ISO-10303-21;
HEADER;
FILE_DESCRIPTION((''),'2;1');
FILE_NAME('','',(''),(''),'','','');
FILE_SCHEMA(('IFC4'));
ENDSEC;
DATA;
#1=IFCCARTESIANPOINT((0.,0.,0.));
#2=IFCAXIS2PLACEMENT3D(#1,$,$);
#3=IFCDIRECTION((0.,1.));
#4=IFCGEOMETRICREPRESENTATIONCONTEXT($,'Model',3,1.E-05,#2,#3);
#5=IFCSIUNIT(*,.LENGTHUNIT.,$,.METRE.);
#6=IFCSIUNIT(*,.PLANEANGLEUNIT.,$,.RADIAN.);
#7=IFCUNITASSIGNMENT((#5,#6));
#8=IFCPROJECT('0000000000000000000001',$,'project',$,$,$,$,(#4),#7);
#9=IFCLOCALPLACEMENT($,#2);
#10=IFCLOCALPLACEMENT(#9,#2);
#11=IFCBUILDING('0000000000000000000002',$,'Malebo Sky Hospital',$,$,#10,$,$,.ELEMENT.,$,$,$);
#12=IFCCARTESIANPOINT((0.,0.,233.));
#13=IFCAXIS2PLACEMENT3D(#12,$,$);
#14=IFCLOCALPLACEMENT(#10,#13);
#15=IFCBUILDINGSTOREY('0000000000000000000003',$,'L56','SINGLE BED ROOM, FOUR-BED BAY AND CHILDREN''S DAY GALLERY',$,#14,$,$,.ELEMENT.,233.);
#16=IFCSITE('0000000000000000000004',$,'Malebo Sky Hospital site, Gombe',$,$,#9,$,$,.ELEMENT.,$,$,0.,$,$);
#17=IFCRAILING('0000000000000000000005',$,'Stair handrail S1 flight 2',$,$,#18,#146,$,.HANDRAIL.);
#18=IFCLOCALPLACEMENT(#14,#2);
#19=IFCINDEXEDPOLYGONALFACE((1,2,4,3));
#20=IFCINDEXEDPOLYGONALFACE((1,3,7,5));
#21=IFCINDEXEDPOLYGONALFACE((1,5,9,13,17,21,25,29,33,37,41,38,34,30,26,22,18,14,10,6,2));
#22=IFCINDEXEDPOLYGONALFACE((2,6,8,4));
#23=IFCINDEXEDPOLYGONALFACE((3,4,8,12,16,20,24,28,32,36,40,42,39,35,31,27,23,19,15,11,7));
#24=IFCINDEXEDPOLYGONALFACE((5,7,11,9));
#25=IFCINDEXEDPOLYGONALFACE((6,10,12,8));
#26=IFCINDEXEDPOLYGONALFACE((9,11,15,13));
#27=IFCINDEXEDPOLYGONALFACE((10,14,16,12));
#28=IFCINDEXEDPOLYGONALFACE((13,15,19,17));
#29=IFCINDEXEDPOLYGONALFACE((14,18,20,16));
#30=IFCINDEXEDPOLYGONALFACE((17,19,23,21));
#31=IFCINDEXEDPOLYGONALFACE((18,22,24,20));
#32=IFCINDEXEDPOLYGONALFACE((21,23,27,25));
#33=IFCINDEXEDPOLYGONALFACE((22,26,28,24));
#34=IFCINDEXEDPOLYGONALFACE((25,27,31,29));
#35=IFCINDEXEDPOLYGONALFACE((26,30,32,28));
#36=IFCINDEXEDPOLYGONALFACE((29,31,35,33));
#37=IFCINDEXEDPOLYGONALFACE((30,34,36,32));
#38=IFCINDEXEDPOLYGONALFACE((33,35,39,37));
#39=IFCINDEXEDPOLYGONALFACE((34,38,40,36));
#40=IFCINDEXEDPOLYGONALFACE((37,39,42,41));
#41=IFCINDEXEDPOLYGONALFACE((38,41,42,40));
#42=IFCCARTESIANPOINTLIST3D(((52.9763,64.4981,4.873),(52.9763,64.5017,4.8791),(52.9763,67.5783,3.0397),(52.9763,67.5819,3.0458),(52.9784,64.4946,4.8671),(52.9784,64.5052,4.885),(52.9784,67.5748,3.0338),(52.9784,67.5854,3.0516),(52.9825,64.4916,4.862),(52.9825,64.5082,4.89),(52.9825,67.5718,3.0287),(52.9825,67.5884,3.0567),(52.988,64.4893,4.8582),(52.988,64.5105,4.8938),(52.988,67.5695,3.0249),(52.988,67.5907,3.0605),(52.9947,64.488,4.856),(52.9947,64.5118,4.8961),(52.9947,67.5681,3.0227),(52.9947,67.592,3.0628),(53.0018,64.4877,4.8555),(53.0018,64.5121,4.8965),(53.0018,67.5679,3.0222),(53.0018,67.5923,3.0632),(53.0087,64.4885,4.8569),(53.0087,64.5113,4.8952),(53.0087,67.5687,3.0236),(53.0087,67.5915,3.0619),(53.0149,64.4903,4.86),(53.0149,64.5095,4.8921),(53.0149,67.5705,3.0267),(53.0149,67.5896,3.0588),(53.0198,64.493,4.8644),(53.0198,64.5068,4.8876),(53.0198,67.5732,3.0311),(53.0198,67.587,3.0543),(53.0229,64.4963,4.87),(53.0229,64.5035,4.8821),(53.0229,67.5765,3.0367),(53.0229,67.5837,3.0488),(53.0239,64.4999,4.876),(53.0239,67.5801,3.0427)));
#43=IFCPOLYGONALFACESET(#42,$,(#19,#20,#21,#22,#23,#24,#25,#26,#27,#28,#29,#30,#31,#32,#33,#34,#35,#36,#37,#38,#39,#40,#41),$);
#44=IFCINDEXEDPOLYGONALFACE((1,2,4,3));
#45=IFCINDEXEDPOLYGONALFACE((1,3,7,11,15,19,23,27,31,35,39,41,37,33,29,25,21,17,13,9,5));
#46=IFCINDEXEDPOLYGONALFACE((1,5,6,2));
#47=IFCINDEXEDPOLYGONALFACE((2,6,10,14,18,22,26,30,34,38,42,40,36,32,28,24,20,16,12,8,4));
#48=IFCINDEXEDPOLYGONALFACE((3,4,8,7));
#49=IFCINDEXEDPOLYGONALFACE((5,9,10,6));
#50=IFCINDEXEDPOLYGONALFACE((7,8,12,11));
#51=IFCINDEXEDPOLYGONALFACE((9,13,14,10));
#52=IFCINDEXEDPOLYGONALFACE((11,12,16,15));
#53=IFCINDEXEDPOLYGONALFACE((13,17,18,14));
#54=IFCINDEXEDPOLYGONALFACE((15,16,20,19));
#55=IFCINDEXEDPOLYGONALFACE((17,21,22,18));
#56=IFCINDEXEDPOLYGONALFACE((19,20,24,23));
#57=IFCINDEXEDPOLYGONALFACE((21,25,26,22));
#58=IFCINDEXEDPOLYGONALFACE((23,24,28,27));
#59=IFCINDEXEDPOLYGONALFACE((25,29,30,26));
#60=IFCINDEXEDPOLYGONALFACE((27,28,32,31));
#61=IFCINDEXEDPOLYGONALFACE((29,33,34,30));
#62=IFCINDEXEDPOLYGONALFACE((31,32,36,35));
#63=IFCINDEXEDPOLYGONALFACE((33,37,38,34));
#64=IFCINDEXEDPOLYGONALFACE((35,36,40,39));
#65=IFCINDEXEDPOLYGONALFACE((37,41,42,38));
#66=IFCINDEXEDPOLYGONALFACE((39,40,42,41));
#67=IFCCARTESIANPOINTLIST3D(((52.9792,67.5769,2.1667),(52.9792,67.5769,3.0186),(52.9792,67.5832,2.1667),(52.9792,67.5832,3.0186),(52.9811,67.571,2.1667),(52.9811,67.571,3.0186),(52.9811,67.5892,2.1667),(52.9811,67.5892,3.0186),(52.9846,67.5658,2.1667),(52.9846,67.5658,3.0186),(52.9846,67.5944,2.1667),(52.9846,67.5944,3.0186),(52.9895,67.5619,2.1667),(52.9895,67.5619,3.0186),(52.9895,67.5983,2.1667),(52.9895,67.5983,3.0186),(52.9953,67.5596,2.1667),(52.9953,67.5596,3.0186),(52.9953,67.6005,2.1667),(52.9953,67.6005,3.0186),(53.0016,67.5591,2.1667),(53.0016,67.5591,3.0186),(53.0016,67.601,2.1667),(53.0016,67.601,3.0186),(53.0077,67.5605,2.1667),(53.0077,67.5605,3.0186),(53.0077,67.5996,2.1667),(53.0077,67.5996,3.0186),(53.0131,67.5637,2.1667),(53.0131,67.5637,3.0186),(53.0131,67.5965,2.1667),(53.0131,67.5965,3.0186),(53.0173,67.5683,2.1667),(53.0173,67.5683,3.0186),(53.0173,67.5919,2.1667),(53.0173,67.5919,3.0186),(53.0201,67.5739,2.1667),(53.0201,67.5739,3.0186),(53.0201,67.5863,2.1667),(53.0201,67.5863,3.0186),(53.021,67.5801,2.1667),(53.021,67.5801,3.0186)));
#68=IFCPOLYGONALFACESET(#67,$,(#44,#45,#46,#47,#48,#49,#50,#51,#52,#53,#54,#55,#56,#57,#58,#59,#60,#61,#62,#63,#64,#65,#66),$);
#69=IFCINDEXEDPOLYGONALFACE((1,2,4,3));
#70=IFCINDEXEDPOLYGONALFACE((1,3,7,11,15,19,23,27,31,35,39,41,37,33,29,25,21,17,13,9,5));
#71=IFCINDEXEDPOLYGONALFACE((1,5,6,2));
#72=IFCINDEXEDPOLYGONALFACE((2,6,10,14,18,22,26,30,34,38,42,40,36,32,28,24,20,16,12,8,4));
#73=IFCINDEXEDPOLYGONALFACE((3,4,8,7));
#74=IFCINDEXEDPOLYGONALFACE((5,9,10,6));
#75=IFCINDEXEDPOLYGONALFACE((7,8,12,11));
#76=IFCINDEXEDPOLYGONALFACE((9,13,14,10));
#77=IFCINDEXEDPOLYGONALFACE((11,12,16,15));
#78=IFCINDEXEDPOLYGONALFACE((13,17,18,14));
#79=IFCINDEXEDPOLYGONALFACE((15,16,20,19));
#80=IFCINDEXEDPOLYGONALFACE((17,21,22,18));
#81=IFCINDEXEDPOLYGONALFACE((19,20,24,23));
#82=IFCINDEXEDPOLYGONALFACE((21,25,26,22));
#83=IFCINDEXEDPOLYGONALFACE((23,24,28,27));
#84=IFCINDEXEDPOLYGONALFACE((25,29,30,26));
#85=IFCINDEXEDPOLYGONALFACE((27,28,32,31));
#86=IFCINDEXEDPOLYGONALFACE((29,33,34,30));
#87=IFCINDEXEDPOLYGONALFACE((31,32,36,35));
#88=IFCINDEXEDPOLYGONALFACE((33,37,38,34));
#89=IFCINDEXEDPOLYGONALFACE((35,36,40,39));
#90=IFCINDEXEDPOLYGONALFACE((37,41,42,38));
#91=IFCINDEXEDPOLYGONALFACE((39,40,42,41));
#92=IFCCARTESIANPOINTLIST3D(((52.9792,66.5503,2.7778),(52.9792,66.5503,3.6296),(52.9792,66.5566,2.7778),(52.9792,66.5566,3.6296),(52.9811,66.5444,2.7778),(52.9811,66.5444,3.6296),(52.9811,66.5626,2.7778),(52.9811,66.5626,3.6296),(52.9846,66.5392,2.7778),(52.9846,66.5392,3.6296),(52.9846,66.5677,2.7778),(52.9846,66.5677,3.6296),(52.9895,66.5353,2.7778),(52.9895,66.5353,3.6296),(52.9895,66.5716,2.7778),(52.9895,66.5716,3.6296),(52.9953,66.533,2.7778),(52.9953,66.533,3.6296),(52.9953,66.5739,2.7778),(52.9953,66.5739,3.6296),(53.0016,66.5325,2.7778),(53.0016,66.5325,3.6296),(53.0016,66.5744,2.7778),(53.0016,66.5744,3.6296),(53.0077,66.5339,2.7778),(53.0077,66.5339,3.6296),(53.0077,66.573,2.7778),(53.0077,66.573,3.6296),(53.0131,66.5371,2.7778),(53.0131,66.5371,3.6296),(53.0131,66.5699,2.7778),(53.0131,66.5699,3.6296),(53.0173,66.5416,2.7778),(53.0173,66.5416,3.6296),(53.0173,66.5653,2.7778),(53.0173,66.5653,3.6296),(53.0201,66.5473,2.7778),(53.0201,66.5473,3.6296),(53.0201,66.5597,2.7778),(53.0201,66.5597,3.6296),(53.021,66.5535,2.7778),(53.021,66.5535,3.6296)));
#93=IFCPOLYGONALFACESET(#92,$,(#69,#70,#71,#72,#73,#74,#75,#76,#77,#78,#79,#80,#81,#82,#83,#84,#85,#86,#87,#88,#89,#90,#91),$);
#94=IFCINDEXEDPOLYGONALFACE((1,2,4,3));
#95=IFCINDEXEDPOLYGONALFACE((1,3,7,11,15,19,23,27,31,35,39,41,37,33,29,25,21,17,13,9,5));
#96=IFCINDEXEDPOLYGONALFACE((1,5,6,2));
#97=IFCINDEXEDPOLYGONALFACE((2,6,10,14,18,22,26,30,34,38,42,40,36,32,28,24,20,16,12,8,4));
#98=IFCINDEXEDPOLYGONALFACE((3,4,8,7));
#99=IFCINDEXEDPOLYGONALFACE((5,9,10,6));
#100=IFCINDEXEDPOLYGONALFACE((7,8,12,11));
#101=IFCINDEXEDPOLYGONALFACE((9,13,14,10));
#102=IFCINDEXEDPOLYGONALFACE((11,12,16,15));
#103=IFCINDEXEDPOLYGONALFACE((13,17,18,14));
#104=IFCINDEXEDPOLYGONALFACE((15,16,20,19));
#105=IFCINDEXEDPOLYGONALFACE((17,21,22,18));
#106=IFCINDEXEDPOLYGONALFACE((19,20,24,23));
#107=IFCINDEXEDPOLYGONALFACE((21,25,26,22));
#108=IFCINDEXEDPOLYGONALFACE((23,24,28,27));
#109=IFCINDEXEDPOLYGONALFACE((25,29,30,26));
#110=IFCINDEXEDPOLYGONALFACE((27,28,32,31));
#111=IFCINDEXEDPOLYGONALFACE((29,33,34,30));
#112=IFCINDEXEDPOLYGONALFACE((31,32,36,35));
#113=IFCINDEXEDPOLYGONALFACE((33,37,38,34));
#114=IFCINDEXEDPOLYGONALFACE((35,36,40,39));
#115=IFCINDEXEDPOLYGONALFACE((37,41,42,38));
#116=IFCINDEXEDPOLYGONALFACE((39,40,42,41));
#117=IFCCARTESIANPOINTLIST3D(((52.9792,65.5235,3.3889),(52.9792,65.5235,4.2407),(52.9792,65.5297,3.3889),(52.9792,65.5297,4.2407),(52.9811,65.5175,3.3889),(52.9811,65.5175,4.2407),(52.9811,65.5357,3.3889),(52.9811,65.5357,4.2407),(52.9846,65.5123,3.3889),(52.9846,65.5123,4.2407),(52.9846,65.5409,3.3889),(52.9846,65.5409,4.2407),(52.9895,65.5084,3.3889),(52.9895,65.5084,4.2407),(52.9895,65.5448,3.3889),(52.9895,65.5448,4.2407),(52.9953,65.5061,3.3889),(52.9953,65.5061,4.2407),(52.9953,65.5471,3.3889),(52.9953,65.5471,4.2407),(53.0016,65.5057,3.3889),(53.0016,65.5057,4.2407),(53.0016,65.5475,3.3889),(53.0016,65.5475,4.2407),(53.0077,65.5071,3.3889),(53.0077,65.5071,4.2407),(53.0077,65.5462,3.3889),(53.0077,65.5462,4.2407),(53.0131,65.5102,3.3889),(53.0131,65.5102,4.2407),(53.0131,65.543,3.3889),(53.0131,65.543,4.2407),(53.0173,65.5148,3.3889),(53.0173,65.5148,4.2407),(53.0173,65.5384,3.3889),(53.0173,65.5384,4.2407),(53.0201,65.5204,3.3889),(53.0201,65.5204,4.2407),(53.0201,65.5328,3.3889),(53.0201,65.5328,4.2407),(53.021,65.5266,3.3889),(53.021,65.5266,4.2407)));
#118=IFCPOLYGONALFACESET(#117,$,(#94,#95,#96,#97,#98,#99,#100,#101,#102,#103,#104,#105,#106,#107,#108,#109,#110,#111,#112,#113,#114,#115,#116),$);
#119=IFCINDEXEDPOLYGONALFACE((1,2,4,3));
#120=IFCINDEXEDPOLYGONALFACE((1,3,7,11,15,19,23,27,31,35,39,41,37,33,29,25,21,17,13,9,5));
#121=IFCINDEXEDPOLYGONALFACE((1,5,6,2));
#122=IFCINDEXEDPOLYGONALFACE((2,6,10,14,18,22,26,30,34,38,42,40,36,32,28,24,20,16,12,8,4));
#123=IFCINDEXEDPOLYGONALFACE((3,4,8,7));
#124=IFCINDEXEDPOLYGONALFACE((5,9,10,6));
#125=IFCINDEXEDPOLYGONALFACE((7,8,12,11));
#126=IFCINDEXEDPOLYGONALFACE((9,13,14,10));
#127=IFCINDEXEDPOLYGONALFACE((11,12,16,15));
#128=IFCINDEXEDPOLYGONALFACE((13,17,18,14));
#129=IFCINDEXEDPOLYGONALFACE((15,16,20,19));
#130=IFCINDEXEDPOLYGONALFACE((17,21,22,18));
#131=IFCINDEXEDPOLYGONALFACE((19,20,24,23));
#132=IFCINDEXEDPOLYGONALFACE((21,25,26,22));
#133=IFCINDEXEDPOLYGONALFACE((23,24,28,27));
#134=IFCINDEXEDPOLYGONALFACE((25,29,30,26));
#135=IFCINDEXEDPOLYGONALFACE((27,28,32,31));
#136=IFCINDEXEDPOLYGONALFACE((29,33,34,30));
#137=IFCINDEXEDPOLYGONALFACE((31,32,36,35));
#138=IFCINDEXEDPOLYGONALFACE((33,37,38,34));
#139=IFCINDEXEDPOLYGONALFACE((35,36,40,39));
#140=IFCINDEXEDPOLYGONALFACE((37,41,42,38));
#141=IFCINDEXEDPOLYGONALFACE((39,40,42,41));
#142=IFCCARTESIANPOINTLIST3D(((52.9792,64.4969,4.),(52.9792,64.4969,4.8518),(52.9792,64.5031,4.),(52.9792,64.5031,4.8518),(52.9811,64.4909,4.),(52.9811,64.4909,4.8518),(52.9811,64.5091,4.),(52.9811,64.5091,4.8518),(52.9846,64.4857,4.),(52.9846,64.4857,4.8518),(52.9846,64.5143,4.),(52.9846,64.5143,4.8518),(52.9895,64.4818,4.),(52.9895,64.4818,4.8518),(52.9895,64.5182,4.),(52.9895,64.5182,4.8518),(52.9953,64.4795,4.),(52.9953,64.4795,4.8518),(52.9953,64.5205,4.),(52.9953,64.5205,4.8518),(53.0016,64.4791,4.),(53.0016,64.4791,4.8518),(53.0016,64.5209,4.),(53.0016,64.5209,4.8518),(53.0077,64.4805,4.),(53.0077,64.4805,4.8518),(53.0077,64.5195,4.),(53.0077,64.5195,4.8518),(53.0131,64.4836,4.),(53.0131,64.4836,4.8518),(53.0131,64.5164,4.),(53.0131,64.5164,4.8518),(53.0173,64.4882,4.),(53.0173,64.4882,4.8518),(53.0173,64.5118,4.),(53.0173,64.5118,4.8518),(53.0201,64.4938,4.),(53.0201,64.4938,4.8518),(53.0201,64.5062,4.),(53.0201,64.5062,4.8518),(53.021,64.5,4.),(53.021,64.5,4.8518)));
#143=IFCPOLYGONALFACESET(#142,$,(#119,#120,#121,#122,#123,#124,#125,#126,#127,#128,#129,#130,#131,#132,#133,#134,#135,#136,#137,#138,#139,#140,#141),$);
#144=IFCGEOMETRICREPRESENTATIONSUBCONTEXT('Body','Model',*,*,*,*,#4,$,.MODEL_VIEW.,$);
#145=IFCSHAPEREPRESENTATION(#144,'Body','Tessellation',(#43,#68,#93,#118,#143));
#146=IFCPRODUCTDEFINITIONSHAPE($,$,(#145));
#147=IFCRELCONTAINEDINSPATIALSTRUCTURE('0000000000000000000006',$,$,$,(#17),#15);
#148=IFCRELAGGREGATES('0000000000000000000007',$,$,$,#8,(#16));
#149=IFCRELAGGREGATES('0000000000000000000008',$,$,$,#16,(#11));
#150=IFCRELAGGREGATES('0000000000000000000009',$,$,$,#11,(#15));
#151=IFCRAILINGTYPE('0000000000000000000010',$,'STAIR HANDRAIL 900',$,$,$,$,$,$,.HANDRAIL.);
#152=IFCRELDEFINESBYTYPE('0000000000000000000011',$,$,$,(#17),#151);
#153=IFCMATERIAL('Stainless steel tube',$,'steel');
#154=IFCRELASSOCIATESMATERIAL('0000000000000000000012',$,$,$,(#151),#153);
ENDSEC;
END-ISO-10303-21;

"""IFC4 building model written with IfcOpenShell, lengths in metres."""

from ifc_helpers import new_model, si_unit, direction, frame, origin, origin_2d, place, context, subcontext, project, spatial, circle, extrude, material, type_object, element, save


model = new_model("IFC4")

# Units and contexts
model_context = context("Model", 3, precision=1e-05, world=origin(), true_north=direction((0.0, 1.0)))
body_context = subcontext(model_context, "Body", "Model", "MODEL_VIEW")
ifc_project = project(units=[si_unit("LENGTHUNIT", "METRE"), si_unit("PLANEANGLEUNIT", "RADIAN")], contexts=[model_context])

# Site, building, storey
site_placement = place(None, origin())
site = spatial("IfcSite", under=ifc_project, at=site_placement, Name="Malebo Sky Hospital site, Gombe", CompositionType="ELEMENT", RefElevation=0.0)
building_placement = place(site_placement, origin())
building = spatial("IfcBuilding", under=site, at=building_placement, Name="Malebo Sky Hospital", CompositionType="ELEMENT")
storey_placement = place(building_placement, frame((0.0, 0.0, 233.0)))
storey = spatial("IfcBuildingStorey", under=building, at=storey_placement, Name="L56", Description="SINGLE BED ROOM, FOUR-BED BAY AND CHILDREN'S DAY GALLERY", CompositionType="ELEMENT", Elevation=233.0)

# Railing
ifc_material_1 = material(Name="Stainless steel tube", Category="steel")
railing_type = type_object("IfcRailingType", Name="STAIR HANDRAIL 900", PredefinedType="HANDRAIL", material=ifc_material_1)
railing_1_placement = place(storey_placement, frame((53.0, 67.5801, 2.1667)))
element("IfcRailing", 1, at=railing_1_placement, inside=storey, type_object=railing_type, Name="Stair handrail S1 flight 2", PredefinedType="HANDRAIL", context=body_context, shape_type="SweptSolid", body=[
    extrude(circle(Radius=0.0239, at=origin_2d()), frame((0.0, 0.0, 0.876), z_axis=(0.0, -0.859309, 0.511458), x_axis=(1.0, 0.0, 0.0)), (0.0, 0.0, 1.0), 3.5845),
    extrude(circle(Radius=0.021, at=origin_2d()), origin(), (0.0, 0.0, 1.0), 0.8518),
    extrude(circle(Radius=0.021, at=origin_2d()), frame((0.0, -1.0266, 0.6111)), (0.0, 0.0, 1.0), 0.8518),
    extrude(circle(Radius=0.021, at=origin_2d()), frame((0.0, -2.0535, 1.2222)), (0.0, 0.0, 1.0), 0.8518),
    extrude(circle(Radius=0.021, at=origin_2d()), frame((0.0, -3.0801, 1.8333)), (0.0, 0.0, 1.0), 0.8518),
])

save(model, "model.ifc")
